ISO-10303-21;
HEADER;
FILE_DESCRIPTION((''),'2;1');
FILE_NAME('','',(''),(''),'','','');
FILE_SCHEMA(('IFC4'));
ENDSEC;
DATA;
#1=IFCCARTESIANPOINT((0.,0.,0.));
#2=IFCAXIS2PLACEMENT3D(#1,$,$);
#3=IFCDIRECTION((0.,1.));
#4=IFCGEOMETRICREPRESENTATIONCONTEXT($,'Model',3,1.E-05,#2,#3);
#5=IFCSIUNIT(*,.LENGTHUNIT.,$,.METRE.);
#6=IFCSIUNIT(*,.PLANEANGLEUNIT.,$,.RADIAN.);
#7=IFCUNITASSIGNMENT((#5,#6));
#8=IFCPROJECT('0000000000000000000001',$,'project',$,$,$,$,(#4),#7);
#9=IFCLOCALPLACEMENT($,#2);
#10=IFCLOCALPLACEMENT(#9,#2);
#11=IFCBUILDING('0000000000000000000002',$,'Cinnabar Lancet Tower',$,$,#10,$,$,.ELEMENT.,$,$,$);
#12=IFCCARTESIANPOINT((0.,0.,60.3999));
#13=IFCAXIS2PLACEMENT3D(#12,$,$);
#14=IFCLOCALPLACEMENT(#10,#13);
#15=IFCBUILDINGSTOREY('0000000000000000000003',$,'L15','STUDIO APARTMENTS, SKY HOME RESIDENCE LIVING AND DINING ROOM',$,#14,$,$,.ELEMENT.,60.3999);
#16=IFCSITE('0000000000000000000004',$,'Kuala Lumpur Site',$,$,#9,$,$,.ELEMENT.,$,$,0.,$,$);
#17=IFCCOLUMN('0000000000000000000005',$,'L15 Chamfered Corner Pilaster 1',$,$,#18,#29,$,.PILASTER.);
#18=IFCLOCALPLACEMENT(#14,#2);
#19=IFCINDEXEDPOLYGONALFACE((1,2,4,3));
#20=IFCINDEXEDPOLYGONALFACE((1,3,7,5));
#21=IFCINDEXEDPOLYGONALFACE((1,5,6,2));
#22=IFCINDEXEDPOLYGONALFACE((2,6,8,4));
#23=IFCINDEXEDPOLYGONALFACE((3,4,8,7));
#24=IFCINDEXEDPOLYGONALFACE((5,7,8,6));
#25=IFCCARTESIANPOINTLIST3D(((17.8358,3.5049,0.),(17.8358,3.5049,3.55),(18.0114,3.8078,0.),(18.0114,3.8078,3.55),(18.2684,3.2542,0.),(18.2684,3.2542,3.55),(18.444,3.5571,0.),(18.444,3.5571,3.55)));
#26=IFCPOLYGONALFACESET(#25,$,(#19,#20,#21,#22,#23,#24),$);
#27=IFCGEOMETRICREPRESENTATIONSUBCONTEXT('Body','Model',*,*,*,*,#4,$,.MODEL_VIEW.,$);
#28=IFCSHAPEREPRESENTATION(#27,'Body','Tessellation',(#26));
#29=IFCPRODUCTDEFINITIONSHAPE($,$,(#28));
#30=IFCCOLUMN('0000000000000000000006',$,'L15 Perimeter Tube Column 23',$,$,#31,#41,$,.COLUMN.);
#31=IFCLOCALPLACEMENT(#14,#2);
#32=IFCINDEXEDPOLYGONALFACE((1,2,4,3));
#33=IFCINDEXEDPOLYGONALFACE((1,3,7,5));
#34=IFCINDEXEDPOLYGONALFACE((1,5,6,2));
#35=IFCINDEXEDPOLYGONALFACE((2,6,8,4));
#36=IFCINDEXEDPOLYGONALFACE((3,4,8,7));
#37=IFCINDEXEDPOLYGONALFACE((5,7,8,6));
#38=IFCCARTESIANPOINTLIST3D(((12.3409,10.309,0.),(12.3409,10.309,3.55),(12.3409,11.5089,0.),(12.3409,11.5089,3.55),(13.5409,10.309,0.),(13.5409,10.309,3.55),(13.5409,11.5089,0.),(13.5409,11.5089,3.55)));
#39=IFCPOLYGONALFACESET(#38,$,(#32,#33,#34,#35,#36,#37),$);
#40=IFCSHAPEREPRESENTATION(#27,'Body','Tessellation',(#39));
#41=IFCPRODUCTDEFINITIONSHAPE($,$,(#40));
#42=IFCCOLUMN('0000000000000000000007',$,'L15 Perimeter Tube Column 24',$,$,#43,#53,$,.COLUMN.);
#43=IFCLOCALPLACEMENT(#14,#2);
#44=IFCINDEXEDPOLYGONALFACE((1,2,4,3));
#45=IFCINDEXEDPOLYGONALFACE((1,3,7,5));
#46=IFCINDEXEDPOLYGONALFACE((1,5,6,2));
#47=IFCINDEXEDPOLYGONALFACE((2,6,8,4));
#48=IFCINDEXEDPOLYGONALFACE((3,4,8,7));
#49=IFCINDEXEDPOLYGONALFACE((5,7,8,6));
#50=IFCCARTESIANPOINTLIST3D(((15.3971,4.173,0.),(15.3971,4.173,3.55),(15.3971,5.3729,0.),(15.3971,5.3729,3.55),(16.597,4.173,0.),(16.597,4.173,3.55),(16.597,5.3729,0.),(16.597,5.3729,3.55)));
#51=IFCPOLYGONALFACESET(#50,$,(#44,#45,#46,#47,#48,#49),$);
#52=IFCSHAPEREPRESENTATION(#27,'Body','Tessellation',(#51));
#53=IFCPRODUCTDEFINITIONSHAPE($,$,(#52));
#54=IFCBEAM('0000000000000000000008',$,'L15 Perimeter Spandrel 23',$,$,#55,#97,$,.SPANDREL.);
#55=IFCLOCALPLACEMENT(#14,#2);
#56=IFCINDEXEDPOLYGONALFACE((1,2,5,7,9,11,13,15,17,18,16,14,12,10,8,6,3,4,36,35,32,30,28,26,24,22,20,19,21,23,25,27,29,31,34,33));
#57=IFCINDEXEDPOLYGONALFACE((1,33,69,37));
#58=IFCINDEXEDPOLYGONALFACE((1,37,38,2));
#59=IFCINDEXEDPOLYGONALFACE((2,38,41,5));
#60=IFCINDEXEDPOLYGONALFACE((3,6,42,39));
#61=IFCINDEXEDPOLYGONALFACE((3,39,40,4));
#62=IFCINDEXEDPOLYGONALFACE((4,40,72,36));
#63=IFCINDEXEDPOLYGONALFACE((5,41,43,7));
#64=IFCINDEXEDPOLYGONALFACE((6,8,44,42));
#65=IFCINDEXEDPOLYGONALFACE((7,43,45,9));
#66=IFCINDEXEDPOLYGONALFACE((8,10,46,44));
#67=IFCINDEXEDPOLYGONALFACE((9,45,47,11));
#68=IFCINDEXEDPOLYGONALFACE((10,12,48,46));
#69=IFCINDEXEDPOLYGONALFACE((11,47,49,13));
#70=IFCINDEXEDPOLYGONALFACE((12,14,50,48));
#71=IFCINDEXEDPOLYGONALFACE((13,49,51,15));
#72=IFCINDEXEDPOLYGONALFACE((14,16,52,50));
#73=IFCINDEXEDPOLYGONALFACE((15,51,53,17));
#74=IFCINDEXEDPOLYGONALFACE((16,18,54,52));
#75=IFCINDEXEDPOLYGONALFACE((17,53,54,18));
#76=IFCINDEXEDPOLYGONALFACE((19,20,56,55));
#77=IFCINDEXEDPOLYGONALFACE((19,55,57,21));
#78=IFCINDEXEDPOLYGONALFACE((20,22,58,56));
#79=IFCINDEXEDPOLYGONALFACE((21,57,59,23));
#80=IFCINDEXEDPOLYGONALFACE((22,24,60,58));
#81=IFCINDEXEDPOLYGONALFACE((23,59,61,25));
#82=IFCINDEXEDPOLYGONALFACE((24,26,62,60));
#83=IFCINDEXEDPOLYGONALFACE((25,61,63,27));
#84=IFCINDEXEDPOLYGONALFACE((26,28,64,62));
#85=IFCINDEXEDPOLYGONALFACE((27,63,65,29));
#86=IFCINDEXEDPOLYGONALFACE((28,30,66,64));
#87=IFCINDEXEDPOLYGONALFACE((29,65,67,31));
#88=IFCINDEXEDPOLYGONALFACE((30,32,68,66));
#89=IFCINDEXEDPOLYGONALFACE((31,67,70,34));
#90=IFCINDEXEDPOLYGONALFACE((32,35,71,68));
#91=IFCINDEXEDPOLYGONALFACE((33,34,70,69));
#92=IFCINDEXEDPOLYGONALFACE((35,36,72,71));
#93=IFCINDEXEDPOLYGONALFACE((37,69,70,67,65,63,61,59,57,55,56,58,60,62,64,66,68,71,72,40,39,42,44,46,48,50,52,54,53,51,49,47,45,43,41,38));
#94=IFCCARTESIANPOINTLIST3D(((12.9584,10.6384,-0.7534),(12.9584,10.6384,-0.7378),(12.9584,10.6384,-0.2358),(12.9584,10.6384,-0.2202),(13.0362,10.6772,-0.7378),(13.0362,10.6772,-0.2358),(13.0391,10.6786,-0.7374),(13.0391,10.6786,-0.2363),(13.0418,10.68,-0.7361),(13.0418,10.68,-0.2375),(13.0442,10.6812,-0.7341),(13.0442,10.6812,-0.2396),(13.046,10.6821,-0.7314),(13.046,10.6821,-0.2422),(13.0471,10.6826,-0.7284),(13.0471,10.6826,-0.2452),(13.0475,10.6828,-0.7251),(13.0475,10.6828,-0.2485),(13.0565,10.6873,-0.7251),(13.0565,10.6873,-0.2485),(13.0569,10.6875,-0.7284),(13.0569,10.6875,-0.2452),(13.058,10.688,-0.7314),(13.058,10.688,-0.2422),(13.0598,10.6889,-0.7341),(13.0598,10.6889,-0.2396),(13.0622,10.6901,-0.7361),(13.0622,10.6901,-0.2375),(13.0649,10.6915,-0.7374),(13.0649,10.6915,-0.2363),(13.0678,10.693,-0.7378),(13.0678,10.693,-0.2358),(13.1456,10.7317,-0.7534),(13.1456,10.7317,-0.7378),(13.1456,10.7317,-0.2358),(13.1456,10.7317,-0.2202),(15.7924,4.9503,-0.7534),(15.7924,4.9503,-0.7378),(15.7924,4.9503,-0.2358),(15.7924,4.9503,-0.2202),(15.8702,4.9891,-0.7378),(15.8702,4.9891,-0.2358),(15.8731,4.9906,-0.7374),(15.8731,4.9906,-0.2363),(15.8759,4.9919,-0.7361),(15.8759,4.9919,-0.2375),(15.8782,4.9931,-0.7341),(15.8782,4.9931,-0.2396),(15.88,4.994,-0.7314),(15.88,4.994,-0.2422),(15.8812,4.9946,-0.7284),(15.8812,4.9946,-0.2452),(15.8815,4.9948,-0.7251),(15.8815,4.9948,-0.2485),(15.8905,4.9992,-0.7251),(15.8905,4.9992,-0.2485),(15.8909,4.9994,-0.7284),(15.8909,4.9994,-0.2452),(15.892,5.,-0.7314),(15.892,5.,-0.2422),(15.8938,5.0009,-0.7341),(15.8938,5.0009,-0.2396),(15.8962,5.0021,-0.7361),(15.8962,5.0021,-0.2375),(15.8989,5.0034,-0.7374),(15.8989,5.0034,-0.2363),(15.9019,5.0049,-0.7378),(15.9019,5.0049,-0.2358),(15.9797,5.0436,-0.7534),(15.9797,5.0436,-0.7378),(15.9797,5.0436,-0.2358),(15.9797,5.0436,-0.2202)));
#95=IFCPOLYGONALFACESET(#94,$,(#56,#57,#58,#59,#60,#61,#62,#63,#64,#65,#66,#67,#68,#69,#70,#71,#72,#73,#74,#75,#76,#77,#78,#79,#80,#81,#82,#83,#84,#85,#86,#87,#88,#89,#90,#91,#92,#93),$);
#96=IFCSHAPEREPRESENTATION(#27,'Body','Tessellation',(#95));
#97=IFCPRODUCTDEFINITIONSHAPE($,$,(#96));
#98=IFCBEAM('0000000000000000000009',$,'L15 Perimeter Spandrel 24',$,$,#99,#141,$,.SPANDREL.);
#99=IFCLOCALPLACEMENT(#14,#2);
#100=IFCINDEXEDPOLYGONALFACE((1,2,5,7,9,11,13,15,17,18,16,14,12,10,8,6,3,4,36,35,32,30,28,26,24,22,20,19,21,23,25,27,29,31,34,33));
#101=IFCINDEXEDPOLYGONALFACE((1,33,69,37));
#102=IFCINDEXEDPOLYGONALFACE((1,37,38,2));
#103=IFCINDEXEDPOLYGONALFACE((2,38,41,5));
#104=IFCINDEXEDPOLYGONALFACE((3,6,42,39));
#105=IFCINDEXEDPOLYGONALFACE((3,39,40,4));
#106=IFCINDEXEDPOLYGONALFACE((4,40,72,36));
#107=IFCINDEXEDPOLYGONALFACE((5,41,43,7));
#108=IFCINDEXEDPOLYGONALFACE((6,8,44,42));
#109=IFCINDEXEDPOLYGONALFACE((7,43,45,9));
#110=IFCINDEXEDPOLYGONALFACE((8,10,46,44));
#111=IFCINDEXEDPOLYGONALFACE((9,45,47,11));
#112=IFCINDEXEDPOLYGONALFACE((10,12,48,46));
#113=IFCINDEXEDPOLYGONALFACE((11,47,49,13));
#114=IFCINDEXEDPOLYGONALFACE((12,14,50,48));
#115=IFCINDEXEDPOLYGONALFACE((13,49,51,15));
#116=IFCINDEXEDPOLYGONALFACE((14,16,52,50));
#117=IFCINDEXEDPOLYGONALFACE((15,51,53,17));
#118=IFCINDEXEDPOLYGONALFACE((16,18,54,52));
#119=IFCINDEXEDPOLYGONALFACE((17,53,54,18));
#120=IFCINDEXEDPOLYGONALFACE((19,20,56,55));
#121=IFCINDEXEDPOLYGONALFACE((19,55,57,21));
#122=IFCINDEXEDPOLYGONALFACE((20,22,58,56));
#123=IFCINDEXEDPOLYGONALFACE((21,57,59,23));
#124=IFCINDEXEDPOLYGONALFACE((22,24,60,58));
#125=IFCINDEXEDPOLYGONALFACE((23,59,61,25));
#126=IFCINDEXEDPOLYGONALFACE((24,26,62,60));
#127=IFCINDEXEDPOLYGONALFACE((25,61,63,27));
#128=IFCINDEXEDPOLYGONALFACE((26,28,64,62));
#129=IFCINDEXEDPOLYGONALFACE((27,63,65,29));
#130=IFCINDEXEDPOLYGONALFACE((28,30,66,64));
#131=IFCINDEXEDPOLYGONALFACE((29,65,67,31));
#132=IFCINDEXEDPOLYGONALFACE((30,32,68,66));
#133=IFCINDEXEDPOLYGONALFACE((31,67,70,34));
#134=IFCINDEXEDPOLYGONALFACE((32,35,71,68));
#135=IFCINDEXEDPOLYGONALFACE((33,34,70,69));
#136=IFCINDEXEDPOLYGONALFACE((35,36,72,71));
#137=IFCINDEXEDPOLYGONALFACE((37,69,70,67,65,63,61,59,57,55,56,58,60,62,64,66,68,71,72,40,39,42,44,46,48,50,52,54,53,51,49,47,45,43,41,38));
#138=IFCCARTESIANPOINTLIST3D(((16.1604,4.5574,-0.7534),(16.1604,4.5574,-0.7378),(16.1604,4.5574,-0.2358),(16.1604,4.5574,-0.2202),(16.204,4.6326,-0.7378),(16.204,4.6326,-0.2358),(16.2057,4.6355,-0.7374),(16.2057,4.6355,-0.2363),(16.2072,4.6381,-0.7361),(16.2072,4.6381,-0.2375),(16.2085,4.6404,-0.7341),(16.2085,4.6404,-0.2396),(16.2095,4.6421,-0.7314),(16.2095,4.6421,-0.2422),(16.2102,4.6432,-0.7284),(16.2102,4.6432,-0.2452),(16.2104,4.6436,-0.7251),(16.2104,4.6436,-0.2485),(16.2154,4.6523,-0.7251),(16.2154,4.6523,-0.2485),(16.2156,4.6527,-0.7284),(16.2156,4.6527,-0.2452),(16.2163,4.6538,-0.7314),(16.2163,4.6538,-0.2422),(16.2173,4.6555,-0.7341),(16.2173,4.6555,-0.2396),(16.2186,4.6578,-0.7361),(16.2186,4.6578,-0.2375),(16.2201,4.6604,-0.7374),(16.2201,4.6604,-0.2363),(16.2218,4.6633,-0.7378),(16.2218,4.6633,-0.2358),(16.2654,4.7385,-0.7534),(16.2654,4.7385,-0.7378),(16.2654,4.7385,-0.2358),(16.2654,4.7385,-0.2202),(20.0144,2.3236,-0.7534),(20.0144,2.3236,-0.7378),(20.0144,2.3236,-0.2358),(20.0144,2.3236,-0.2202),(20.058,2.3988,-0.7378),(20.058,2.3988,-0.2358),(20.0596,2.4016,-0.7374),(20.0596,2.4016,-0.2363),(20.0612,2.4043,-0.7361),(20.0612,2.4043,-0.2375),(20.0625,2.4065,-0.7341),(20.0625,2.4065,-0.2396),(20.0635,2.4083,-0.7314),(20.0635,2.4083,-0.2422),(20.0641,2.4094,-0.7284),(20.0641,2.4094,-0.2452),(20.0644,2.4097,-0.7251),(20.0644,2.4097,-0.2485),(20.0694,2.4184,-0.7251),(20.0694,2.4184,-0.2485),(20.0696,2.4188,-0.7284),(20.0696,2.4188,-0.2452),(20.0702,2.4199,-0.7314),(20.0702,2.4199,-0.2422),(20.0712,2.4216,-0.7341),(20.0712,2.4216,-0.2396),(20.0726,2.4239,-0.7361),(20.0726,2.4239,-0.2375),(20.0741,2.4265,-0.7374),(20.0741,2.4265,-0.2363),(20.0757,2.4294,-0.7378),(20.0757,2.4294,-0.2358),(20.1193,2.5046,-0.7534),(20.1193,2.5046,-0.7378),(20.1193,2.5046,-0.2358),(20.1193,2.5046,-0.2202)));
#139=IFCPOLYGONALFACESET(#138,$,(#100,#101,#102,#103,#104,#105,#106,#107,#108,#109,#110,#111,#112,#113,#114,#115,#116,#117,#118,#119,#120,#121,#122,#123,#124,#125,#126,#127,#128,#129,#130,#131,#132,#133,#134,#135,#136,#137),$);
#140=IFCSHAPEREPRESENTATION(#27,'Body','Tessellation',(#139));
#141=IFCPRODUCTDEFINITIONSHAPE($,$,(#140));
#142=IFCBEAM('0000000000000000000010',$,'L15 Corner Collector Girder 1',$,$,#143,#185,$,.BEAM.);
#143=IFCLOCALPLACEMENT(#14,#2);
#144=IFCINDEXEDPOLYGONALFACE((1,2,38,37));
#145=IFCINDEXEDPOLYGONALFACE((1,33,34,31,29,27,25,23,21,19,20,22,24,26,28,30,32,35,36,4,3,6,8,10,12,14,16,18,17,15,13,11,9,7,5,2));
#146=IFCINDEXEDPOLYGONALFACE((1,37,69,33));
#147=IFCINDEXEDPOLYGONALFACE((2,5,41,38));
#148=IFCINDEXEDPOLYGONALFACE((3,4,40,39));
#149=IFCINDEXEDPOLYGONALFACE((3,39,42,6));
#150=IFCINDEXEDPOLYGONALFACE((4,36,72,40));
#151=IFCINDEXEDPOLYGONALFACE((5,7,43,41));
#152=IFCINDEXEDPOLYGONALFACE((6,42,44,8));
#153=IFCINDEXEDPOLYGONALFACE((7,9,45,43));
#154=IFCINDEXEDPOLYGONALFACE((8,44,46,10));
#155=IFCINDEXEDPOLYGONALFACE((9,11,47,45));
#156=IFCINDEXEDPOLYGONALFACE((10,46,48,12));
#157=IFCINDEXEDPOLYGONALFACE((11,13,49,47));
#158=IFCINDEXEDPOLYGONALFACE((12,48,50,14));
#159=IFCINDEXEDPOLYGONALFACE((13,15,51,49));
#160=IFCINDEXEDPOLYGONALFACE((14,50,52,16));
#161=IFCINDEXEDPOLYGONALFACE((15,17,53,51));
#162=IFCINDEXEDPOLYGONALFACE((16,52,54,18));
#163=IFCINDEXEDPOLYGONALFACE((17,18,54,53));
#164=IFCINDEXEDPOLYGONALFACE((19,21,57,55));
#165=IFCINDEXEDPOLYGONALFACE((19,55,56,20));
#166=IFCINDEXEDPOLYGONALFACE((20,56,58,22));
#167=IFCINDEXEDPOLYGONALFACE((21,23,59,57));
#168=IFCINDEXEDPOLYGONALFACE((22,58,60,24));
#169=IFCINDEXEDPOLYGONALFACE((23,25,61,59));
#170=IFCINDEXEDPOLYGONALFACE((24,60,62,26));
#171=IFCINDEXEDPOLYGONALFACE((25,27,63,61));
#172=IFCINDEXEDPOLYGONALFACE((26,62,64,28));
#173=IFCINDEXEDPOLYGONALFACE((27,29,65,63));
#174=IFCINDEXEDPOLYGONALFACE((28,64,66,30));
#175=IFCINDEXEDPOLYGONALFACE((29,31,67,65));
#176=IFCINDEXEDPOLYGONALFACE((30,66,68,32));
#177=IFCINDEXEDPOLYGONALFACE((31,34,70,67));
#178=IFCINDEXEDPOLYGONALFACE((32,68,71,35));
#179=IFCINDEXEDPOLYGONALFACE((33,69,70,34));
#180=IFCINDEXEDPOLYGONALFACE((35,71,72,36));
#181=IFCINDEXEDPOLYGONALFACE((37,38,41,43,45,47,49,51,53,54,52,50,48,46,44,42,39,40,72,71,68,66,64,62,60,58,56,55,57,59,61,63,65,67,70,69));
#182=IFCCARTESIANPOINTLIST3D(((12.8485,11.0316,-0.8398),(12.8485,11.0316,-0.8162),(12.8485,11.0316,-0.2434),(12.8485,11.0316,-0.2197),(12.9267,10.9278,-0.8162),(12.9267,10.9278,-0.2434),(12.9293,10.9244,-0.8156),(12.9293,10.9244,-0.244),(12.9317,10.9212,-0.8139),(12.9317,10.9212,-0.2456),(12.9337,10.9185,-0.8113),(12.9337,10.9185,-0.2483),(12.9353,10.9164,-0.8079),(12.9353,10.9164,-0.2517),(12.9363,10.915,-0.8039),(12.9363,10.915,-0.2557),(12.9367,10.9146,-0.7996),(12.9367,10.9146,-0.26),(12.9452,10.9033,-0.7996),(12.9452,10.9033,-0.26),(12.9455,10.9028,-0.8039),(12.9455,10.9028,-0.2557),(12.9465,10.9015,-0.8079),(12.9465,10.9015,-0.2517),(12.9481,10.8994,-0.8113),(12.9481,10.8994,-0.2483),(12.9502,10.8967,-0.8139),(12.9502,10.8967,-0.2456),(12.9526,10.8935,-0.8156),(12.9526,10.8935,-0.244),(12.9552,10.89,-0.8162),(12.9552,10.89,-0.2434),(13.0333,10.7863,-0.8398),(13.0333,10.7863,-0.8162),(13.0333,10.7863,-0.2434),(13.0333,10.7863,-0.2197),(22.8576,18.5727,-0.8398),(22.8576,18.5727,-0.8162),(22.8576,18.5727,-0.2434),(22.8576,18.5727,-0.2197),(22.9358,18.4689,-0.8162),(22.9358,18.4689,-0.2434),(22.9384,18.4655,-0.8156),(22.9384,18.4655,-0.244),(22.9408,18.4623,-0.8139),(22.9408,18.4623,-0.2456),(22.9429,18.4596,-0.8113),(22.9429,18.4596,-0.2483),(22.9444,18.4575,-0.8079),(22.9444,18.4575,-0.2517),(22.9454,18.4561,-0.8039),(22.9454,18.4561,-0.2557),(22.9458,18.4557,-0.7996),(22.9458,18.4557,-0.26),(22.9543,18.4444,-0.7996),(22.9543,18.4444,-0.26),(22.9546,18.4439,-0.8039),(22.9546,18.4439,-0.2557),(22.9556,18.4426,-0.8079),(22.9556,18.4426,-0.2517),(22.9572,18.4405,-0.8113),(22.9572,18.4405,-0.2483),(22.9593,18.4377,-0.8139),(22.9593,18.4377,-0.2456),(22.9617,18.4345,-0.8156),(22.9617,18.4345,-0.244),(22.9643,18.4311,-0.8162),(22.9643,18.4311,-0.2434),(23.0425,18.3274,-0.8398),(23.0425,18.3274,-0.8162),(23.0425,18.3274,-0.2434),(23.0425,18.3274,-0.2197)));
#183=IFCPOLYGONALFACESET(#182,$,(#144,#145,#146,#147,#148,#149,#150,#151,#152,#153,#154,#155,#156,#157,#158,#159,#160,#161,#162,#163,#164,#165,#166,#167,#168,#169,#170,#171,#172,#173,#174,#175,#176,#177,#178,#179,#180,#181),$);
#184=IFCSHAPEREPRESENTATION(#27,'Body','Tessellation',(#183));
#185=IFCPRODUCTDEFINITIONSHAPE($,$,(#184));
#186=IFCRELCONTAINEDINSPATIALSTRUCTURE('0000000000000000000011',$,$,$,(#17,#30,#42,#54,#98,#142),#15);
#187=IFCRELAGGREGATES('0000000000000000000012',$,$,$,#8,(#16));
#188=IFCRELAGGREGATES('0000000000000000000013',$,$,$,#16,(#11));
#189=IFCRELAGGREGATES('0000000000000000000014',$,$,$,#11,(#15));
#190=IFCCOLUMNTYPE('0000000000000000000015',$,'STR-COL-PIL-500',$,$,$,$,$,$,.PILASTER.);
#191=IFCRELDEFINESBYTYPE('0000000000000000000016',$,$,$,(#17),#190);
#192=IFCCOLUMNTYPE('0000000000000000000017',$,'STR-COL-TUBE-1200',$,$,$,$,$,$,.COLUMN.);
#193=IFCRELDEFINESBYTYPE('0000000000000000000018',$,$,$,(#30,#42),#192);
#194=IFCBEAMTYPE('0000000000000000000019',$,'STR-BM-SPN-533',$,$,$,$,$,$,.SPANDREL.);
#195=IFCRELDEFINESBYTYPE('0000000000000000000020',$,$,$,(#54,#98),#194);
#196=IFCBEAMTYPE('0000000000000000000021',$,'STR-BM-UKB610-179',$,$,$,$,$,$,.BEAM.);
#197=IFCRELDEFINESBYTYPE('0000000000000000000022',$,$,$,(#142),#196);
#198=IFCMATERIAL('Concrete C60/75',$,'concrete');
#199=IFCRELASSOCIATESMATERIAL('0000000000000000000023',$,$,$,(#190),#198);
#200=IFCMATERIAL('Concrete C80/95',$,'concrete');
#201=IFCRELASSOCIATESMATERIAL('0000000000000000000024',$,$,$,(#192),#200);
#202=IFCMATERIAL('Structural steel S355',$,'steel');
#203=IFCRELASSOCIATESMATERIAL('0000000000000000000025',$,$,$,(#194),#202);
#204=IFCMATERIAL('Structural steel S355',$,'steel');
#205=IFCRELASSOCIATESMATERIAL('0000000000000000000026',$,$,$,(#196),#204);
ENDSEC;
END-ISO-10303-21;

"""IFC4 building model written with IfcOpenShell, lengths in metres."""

from ifc_helpers import new_model, si_unit, direction, frame, origin, origin_2d, place, context, subcontext, project, spatial, rectangle, i_section, extrude, material, material_profile, profile_set, type_object, element, save


model = new_model("IFC4")

# Units and contexts
model_context = context("Model", 3, precision=1e-05, world=origin(), true_north=direction((0.0, 1.0)))
body_context = subcontext(model_context, "Body", "Model", "MODEL_VIEW")
ifc_project = project(units=[si_unit("LENGTHUNIT", "METRE"), si_unit("PLANEANGLEUNIT", "RADIAN")], contexts=[model_context])

# Site, building, storey
site_placement = place(None, origin())
site = spatial("IfcSite", under=ifc_project, at=site_placement, Name="Kuala Lumpur Site", CompositionType="ELEMENT", RefElevation=0.0)
building_placement = place(site_placement, origin())
building = spatial("IfcBuilding", under=site, at=building_placement, Name="Cinnabar Lancet Tower", CompositionType="ELEMENT")
storey_placement = place(building_placement, frame((0.0, 0.0, 60.3999)))
storey = spatial("IfcBuildingStorey", under=building, at=storey_placement, Name="L15", Description="STUDIO APARTMENTS, SKY HOME RESIDENCE LIVING AND DINING ROOM", CompositionType="ELEMENT", Elevation=60.3999)

# Columns
ifc_material_1 = material(Name="Concrete C60/75", Category="concrete")
ifc_material_profile_1 = material_profile(ifc_material_1, rectangle(XDim=0.5, YDim=0.3501, at=origin_2d()), Name="RC-PIL 500x350")
ifc_profile_set_1 = profile_set([ifc_material_profile_1], Name="Concrete C60/75")
column_type_1 = type_object("IfcColumnType", Name="STR-COL-PIL-500", PredefinedType="PILASTER", material=ifc_profile_set_1)
column_placement = place(storey_placement, frame((18.1399, 3.531, 0.0), z_axis=(0.0, 0.0, 1.0), x_axis=(0.865195, -0.501435, 0.0)))
element("IfcColumn", 1, at=column_placement, inside=storey, type_object=column_type_1, Name="L15 Chamfered Corner Pilaster 1", PredefinedType="PILASTER", context=body_context, shape_type="SweptSolid", body=[
    extrude(rectangle(XDim=0.5, YDim=0.3501, at=origin_2d()), origin(), (0.0, 0.0, 1.0), 3.55),
])
ifc_material_2 = material(Name="Concrete C80/95", Category="concrete")
ifc_material_profile_2 = material_profile(ifc_material_2, rectangle(XDim=1.2, YDim=1.2, at=origin_2d()), Name="RC-COL 1200x1200")
ifc_profile_set_2 = profile_set([ifc_material_profile_2], Name="Concrete C80/95")
column_type_2 = type_object("IfcColumnType", Name="STR-COL-TUBE-1200", PredefinedType="COLUMN", material=ifc_profile_set_2)
for number, where, z_axis, x_axis, name in (
    (2, (12.9409, 10.9089, 0.0), (0.0, 0.0, 1.0), (1.0, 0.0, 0.0), "L15 Perimeter Tube Column 23"),
    (3, (15.9971, 4.7729, 0.0), (0.0, 0.0, 1.0), (1.0, 0.0, 0.0), "L15 Perimeter Tube Column 24"),
):
    element("IfcColumn", number, at=place(storey_placement, frame(where, z_axis=z_axis, x_axis=x_axis)), inside=storey, type_object=column_type_2, Name=name, PredefinedType="COLUMN", context=body_context, shape_type="SweptSolid", body=[
        extrude(rectangle(XDim=1.2, YDim=1.2, at=origin_2d()), origin(), (0.0, 0.0, 1.0), 3.55),
    ])

# Beams
ifc_material_3 = material(Name="Structural steel S355", Category="steel")
ifc_material_profile_3 = material_profile(ifc_material_3, i_section(OverallWidth=0.2092, OverallDepth=0.5332, WebThickness=0.01, FlangeThickness=0.0156, FilletRadius=0.0127, at=origin_2d()), Name="UKB 533x210x92")
ifc_profile_set_3 = profile_set([ifc_material_profile_3], Name="Structural steel S355")
beam_type_1 = type_object("IfcBeamType", Name="STR-BM-SPN-533", PredefinedType="SPANDREL", material=ifc_profile_set_3)
beam_1_placement = place(storey_placement, frame((13.052, 10.6851, -0.4868), z_axis=(0.445953, -0.895056, 0.0), x_axis=(0.895056, 0.445953, 0.0)))
element("IfcBeam", 4, at=beam_1_placement, inside=storey, type_object=beam_type_1, Name="L15 Perimeter Spandrel 23", PredefinedType="SPANDREL", context=body_context, shape_type="SweptSolid", body=[
    extrude(i_section(OverallWidth=0.2092, OverallDepth=0.5332, WebThickness=0.01, FlangeThickness=0.0156, FilletRadius=0.0127, at=origin_2d()), origin(), (0.0, 0.0, 1.0), 6.355),
])
beam_2_placement = place(storey_placement, frame((16.2129, 4.6479, -0.4868), z_axis=(0.865171, -0.501477, 0.0), x_axis=(0.501477, 0.865171, 0.0)))
element("IfcBeam", 5, at=beam_2_placement, inside=storey, type_object=beam_type_1, Name="L15 Perimeter Spandrel 24", PredefinedType="SPANDREL", context=body_context, shape_type="SweptSolid", body=[
    extrude(i_section(OverallWidth=0.2092, OverallDepth=0.5332, WebThickness=0.01, FlangeThickness=0.0156, FilletRadius=0.0127, at=origin_2d()), origin(), (0.0, 0.0, 1.0), 4.4546),
])
ifc_material_4 = material(Name="Structural steel S355", Category="steel")
ifc_material_profile_4 = material_profile(ifc_material_4, i_section(OverallWidth=0.3071, OverallDepth=0.6201, WebThickness=0.0142, FlangeThickness=0.0237, FilletRadius=0.0166, at=origin_2d()), Name="UKB 610x305x179")
ifc_profile_set_4 = profile_set([ifc_material_profile_4], Name="Structural steel S355")
beam_type_2 = type_object("IfcBeamType", Name="STR-BM-UKB610-179", PredefinedType="BEAM", material=ifc_profile_set_4)
beam_3_placement = place(storey_placement, frame((12.9409, 10.9089, -0.5298), z_axis=(0.798687, 0.601747, 0.0), x_axis=(-0.601747, 0.798687, 0.0)))
element("IfcBeam", 6, at=beam_3_placement, inside=storey, type_object=beam_type_2, Name="L15 Corner Collector Girder 1", PredefinedType="BEAM", context=body_context, shape_type="SweptSolid", body=[
    extrude(i_section(OverallWidth=0.3071, OverallDepth=0.6201, WebThickness=0.0142, FlangeThickness=0.0237, FilletRadius=0.0166, at=origin_2d()), origin(), (0.0, 0.0, 1.0), 12.532),
])

save(model, "model.ifc")
